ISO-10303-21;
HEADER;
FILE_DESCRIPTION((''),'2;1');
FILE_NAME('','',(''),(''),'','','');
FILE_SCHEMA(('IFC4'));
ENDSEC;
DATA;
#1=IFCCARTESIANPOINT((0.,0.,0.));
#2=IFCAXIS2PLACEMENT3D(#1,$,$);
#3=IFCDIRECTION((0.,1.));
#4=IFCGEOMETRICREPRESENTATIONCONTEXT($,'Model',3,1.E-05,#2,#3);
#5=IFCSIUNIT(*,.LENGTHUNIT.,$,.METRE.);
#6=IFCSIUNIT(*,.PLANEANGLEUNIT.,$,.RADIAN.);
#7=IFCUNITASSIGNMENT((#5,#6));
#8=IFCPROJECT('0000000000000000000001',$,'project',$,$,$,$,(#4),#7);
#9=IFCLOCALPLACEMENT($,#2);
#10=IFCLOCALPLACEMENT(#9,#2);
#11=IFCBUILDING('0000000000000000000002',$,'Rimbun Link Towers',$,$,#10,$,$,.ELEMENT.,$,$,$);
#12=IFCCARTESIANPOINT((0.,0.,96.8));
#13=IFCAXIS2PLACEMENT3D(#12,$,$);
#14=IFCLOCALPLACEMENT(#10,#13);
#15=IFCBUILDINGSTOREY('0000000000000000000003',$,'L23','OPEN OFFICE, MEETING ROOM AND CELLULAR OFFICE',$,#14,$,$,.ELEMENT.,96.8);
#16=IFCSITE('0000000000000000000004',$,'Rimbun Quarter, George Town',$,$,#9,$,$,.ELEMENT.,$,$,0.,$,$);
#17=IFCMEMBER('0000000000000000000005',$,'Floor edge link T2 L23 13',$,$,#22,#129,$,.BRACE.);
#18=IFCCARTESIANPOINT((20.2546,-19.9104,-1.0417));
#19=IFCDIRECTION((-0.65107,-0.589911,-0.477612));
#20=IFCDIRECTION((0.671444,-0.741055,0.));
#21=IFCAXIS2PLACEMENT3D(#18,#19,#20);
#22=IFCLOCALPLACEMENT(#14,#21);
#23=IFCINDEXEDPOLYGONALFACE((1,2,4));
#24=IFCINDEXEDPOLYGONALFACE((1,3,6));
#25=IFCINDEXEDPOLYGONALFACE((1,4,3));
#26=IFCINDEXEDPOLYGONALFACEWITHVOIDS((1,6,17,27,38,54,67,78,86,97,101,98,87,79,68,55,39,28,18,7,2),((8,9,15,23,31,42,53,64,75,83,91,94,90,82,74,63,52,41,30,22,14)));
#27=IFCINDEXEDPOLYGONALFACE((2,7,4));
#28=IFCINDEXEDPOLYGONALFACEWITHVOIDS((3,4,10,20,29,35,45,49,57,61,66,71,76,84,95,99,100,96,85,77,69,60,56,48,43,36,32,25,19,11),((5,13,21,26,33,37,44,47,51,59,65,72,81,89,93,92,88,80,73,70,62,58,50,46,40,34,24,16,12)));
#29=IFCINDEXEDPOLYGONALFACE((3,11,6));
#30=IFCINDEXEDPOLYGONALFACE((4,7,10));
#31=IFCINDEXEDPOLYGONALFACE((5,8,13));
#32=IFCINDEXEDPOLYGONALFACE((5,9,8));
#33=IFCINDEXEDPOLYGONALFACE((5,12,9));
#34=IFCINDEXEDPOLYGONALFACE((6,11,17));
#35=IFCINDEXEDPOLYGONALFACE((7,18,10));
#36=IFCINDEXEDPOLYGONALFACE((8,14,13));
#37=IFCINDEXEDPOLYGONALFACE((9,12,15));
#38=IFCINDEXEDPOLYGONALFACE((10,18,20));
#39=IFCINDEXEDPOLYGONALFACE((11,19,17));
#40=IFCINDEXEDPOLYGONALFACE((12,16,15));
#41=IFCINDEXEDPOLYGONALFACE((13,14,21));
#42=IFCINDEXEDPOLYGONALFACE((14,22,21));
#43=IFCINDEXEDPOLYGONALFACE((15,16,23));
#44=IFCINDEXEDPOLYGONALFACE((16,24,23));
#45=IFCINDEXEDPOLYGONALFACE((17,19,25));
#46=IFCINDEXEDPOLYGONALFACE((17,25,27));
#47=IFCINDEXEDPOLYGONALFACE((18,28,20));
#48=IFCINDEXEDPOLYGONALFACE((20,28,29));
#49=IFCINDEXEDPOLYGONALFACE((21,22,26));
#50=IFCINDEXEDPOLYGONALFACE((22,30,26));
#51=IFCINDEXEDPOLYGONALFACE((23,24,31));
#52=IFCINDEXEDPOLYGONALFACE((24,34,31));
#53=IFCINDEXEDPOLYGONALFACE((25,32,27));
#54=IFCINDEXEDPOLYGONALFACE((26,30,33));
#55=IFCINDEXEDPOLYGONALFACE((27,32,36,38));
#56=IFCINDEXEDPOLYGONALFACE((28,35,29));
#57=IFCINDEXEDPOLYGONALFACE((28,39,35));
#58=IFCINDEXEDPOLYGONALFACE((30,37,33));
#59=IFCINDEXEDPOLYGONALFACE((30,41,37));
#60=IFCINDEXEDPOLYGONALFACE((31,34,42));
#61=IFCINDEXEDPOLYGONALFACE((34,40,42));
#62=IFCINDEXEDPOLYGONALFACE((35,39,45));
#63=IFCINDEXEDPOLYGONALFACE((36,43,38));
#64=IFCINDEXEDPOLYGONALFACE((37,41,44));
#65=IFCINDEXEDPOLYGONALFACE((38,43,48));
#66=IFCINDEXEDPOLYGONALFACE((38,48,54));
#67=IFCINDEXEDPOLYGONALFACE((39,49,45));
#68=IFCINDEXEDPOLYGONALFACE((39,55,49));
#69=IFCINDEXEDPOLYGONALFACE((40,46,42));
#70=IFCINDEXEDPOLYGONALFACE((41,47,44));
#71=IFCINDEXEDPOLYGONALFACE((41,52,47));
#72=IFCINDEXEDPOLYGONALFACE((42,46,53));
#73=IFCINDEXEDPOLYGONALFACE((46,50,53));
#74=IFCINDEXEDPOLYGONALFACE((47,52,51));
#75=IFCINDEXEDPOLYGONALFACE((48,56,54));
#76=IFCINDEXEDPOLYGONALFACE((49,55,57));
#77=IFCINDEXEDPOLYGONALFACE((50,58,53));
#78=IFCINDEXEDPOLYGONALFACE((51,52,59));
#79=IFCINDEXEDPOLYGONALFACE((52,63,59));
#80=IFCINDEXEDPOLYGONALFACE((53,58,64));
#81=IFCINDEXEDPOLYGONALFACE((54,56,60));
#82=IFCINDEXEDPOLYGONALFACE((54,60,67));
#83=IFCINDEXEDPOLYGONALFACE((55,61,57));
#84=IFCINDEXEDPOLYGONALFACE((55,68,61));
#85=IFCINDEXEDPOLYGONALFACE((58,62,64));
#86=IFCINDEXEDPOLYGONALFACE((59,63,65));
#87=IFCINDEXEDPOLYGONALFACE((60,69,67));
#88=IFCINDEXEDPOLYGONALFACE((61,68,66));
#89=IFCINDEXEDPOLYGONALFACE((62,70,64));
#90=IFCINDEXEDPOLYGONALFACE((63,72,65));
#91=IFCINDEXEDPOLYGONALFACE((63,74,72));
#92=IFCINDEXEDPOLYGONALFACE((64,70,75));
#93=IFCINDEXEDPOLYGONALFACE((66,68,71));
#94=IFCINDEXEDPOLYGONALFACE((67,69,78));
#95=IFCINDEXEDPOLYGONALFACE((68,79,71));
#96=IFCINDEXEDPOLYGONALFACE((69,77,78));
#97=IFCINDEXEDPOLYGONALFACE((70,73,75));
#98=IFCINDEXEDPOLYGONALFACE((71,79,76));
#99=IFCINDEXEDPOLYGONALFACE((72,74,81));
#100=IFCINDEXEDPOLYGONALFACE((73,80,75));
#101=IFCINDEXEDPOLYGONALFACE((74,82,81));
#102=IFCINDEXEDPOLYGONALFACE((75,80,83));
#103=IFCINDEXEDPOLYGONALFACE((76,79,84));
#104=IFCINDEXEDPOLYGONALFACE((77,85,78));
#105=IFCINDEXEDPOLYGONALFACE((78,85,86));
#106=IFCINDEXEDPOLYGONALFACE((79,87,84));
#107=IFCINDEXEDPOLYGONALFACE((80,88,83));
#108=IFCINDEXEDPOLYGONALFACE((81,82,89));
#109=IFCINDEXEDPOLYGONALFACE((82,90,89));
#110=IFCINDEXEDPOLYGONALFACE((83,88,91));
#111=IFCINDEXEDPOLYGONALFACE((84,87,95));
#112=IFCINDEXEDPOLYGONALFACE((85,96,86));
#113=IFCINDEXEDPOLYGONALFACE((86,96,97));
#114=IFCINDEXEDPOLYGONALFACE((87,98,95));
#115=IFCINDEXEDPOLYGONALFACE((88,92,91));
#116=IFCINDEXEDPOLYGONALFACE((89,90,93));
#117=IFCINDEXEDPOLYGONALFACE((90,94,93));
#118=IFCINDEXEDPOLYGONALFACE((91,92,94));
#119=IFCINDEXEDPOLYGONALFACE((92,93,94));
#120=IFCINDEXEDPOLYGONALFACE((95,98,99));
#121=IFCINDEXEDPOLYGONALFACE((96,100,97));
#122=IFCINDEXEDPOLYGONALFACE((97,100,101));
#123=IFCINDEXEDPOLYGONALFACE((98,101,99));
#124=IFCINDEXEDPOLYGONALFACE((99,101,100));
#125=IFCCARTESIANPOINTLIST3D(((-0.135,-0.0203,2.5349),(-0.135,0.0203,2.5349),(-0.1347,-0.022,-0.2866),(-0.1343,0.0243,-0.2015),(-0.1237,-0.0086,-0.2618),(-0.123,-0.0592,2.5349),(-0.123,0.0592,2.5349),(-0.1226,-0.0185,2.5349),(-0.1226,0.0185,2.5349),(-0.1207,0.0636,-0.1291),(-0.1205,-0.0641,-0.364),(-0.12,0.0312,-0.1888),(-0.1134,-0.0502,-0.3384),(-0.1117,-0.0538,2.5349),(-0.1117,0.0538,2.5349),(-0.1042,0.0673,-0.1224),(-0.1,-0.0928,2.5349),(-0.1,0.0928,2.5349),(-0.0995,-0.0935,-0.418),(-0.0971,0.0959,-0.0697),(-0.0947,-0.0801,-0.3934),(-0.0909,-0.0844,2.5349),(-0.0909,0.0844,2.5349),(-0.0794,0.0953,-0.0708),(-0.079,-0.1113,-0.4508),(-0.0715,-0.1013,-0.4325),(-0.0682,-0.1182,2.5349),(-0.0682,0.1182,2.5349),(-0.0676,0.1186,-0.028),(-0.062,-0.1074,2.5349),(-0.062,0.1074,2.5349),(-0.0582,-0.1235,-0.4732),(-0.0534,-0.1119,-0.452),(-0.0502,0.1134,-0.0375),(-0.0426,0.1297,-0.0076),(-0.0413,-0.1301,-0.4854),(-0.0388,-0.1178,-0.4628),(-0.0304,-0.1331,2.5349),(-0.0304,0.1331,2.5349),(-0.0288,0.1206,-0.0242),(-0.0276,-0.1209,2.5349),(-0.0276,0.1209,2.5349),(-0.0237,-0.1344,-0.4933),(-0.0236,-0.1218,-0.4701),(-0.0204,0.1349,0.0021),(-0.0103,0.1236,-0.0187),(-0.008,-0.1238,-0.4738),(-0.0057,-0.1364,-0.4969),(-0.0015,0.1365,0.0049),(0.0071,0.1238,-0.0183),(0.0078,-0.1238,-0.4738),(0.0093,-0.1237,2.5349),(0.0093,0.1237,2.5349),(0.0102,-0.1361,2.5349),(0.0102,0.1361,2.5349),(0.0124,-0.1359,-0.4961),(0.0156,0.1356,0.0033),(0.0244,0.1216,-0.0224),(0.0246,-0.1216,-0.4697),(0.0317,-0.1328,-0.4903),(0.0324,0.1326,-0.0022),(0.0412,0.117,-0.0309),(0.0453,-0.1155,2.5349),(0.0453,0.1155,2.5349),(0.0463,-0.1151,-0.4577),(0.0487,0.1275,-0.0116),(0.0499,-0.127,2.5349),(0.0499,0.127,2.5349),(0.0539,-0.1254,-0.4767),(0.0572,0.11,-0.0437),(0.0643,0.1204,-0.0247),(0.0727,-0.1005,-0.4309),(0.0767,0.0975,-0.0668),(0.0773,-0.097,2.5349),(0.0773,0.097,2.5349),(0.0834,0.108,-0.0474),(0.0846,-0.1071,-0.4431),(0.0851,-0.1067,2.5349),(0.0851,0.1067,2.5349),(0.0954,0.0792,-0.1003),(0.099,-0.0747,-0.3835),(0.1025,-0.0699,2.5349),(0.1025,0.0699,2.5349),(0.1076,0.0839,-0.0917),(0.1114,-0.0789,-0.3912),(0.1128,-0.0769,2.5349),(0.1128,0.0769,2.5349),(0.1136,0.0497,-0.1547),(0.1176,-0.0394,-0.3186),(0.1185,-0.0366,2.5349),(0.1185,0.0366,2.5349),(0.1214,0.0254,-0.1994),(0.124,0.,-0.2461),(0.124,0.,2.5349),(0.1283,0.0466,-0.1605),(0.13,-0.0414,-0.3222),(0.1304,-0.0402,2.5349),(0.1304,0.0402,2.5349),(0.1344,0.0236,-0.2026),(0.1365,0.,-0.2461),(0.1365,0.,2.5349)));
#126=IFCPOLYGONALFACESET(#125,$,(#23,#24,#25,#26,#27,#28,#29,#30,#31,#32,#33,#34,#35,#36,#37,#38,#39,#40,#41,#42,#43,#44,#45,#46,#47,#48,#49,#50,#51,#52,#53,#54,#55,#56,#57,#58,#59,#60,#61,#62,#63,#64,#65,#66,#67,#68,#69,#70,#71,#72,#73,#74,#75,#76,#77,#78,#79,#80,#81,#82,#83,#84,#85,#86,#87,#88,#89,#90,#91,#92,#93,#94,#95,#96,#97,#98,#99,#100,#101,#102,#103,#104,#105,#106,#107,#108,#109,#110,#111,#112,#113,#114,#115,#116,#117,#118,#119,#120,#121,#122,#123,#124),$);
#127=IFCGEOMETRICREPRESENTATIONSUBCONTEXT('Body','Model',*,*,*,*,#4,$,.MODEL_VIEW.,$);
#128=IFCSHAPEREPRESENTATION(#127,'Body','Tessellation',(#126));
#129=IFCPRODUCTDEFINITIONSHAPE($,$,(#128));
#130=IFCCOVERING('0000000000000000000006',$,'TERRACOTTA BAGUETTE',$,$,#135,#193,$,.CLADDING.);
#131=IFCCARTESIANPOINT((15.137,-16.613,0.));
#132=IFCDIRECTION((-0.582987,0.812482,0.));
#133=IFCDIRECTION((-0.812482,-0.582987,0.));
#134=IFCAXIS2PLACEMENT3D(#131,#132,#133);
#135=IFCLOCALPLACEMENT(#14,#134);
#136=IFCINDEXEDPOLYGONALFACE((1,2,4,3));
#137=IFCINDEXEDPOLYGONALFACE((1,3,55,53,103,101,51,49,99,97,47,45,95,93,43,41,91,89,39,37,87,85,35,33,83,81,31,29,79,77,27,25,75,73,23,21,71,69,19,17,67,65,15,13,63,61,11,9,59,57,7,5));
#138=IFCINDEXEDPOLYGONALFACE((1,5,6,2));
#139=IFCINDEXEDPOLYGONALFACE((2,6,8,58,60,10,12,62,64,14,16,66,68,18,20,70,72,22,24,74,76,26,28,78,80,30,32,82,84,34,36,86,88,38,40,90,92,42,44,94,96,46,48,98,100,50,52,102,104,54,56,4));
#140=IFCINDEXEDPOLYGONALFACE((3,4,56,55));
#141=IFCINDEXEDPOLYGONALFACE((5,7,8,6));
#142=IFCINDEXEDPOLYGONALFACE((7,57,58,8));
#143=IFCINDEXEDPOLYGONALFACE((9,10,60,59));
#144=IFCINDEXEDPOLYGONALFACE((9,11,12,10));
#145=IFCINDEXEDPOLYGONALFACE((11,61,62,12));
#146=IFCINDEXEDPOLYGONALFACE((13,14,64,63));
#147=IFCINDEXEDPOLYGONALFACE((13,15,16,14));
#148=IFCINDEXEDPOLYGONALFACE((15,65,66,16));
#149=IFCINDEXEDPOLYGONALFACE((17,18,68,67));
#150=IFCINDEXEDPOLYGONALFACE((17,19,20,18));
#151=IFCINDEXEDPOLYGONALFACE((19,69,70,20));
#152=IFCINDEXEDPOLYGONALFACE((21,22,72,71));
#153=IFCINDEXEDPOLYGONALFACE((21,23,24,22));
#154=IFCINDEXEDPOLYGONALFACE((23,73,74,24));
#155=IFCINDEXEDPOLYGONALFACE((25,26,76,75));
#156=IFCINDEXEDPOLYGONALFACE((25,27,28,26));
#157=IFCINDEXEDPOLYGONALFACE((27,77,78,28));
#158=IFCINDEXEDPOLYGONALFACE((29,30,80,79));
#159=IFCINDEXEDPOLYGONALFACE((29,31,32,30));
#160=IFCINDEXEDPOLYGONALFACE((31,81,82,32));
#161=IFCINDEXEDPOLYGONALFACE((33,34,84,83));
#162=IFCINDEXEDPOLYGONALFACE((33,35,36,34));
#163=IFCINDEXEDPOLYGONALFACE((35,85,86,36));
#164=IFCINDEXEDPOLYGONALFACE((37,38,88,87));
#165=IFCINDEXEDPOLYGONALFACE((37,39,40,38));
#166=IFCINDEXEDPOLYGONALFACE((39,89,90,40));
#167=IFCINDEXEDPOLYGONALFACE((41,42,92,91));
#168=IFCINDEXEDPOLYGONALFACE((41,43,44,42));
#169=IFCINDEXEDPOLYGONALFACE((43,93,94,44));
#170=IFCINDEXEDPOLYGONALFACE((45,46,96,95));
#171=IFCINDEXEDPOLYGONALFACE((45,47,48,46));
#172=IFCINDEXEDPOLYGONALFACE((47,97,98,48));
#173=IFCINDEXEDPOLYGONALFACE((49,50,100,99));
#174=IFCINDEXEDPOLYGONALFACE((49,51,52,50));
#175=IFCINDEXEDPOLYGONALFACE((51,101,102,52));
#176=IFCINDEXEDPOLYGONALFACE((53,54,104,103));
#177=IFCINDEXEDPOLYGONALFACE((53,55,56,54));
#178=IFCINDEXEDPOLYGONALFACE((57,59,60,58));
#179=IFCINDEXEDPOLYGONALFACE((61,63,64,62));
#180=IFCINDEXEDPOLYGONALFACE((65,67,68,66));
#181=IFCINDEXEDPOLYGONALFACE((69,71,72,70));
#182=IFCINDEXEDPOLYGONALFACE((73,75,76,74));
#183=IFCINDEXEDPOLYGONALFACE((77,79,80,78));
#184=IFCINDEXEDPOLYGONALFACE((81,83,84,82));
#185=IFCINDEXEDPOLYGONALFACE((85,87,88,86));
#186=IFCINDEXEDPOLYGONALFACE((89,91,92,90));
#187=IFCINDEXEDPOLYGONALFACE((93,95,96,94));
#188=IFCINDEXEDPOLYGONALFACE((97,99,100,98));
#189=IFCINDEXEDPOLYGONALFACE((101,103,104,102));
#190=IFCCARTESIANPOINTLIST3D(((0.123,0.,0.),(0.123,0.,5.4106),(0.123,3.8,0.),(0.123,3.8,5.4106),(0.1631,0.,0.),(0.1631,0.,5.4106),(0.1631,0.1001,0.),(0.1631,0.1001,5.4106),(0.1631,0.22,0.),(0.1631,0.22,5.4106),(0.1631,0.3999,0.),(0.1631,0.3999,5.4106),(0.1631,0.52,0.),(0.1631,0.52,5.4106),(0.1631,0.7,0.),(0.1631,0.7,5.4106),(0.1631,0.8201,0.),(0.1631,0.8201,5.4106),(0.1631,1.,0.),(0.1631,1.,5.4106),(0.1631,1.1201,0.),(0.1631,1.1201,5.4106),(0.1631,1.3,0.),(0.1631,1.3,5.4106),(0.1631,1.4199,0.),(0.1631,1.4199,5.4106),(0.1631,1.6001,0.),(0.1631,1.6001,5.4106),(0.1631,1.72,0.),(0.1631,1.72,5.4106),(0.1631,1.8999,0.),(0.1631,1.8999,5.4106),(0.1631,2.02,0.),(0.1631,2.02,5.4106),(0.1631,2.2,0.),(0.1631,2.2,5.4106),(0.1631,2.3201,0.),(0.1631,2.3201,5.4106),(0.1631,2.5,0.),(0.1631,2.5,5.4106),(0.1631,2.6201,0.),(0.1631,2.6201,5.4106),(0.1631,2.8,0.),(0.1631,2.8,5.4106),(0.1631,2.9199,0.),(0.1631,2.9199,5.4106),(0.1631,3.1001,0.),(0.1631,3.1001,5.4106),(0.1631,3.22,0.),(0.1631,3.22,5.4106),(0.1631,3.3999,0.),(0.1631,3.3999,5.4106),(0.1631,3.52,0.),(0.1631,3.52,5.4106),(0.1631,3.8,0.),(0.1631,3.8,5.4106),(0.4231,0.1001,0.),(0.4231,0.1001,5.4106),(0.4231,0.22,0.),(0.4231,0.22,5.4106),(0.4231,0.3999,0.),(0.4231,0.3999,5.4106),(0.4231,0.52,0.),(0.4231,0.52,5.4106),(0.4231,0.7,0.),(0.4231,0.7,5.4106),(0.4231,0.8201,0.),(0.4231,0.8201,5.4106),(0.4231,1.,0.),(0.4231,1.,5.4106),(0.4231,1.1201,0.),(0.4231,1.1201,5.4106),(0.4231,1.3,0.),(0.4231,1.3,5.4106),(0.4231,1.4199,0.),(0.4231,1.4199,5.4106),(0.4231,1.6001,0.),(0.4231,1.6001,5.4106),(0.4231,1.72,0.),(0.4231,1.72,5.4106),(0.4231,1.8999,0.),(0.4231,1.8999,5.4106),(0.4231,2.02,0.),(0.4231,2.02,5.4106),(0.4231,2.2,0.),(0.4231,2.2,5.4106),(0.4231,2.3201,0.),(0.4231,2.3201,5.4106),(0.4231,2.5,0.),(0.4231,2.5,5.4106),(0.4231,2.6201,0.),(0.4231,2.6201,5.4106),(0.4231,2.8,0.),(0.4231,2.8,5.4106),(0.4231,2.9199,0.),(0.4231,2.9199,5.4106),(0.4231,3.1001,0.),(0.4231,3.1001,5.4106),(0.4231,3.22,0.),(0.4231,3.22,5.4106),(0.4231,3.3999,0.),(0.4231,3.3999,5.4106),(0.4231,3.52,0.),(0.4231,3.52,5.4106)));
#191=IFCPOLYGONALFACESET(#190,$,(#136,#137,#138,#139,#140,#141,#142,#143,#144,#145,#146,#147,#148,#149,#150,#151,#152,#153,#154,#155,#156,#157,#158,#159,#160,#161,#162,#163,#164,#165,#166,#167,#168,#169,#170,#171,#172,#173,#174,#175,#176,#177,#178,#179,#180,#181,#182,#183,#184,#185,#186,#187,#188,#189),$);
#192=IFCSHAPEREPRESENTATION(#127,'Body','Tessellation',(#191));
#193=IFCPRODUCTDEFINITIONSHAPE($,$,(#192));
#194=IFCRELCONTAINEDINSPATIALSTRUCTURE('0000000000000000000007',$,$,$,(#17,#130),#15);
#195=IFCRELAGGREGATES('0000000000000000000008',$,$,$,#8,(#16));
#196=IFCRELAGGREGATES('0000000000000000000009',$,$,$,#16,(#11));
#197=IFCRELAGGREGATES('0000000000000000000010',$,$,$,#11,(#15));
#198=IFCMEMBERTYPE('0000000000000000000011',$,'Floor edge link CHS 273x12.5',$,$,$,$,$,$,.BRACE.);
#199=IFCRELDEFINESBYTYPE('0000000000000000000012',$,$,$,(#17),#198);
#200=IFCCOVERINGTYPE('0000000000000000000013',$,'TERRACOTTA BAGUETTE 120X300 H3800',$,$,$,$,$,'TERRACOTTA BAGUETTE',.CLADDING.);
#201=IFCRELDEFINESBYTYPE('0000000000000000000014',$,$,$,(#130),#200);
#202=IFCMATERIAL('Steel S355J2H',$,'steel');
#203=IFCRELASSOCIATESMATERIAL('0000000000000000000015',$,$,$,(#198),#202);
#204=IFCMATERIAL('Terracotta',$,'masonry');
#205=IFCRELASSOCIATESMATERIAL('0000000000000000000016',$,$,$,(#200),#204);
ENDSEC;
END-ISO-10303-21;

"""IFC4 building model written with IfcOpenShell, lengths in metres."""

from ifc_helpers import new_model, si_unit, direction, frame, origin, origin_2d, place, context, subcontext, project, spatial, polyline, hollow_circle, outline, extrude, clip, halfspace, material, material_profile, profile_set, type_object, element, save


model = new_model("IFC4")

# Units and contexts
model_context = context("Model", 3, precision=1e-05, world=origin(), true_north=direction((0.0, 1.0)))
body_context = subcontext(model_context, "Body", "Model", "MODEL_VIEW")
ifc_project = project(units=[si_unit("LENGTHUNIT", "METRE"), si_unit("PLANEANGLEUNIT", "RADIAN")], contexts=[model_context])

# Site, building, storey
site_placement = place(None, origin())
site = spatial("IfcSite", under=ifc_project, at=site_placement, Name="Rimbun Quarter, George Town", CompositionType="ELEMENT", RefElevation=0.0)
building_placement = place(site_placement, origin())
building = spatial("IfcBuilding", under=site, at=building_placement, Name="Rimbun Link Towers", CompositionType="ELEMENT")
storey_placement = place(building_placement, frame((0.0, 0.0, 96.8)))
storey = spatial("IfcBuildingStorey", under=building, at=storey_placement, Name="L23", Description="OPEN OFFICE, MEETING ROOM AND CELLULAR OFFICE", CompositionType="ELEMENT", Elevation=96.8)

# Member
ifc_material_1 = material(Name="Steel S355J2H", Category="steel")
ifc_material_profile_1 = material_profile(ifc_material_1, hollow_circle(Radius=0.1365, WallThickness=0.0125, at=origin_2d()), Name="CHS 273x12.5")
ifc_profile_set_1 = profile_set([ifc_material_profile_1], Name="Steel S355J2H")
member_type_1 = type_object("IfcMemberType", Name="Floor edge link CHS 273x12.5", PredefinedType="BRACE", material=ifc_profile_set_1)
member_1_placement = place(storey_placement, frame((20.2546, -19.9104, -1.0417), z_axis=(-0.65107, -0.589911, -0.477612), x_axis=(0.671444, -0.741055, 0.0)))
element("IfcMember", 1, at=member_1_placement, inside=storey, type_object=member_type_1, Name="Floor edge link T2 L23 13", PredefinedType="BRACE", context=body_context, shape_type="Clipping", body=[
    clip(extrude(hollow_circle(Radius=0.1365, WallThickness=0.0125, at=origin_2d()), frame((0.0, 0.0, -0.5232)), (0.0, 0.0, 1.0), 3.0581), halfspace(frame((0.0, 0.0, -0.2461), z_axis=(0.0, 0.878571, -0.477612)), False)),
])

# Covering
ifc_material_2 = material(Name="Terracotta", Category="masonry")
ifc_material_profile_2 = material_profile(ifc_material_2, outline(polyline([(0.123, 0.0), (0.1631, 0.0), (0.1631, 0.1001), (0.4231, 0.1001), (0.4231, 0.22), (0.1631, 0.22), (0.1631, 0.3999), (0.4231, 0.3999), (0.4231, 0.52), (0.1631, 0.52), (0.1631, 0.7), (0.4231, 0.7), (0.4231, 0.8201), (0.1631, 0.8201), (0.1631, 1.0), (0.4231, 1.0), (0.4231, 1.1201), (0.1631, 1.1201), (0.1631, 1.3), (0.4231, 1.3), (0.4231, 1.4199), (0.1631, 1.4199), (0.1631, 1.6001), (0.4231, 1.6001), (0.4231, 1.72), (0.1631, 1.72), (0.1631, 1.8999), (0.4231, 1.8999), (0.4231, 2.02), (0.1631, 2.02), (0.1631, 2.2), (0.4231, 2.2), (0.4231, 2.3201), (0.1631, 2.3201), (0.1631, 2.5), (0.4231, 2.5), (0.4231, 2.6201), (0.1631, 2.6201), (0.1631, 2.8), (0.4231, 2.8), (0.4231, 2.9199), (0.1631, 2.9199), (0.1631, 3.1001), (0.4231, 3.1001), (0.4231, 3.22), (0.1631, 3.22), (0.1631, 3.3999), (0.4231, 3.3999), (0.4231, 3.52), (0.1631, 3.52), (0.1631, 3.8), (0.123, 3.8), (0.123, 0.0)])), Name="BAGUETTE 120X300")
ifc_profile_set_2 = profile_set([ifc_material_profile_2], Name="Terracotta")
covering_type = type_object("IfcCoveringType", Name="TERRACOTTA BAGUETTE 120X300 H3800", ElementType="TERRACOTTA BAGUETTE", PredefinedType="CLADDING", material=ifc_profile_set_2)
covering_1_placement = place(storey_placement, frame((15.137, -16.613, 0.0), z_axis=(-0.582987, 0.812482, 0.0), x_axis=(-0.812482, -0.582987, 0.0)))
element("IfcCovering", 2, at=covering_1_placement, inside=storey, type_object=covering_type, Name="TERRACOTTA BAGUETTE", PredefinedType="CLADDING", context=body_context, shape_type="SweptSolid", body=[
    extrude(outline(polyline([(0.123, 0.0), (0.1631, 0.0), (0.1631, 0.1001), (0.4231, 0.1001), (0.4231, 0.22), (0.1631, 0.22), (0.1631, 0.3999), (0.4231, 0.3999), (0.4231, 0.52), (0.1631, 0.52), (0.1631, 0.7), (0.4231, 0.7), (0.4231, 0.8201), (0.1631, 0.8201), (0.1631, 1.0), (0.4231, 1.0), (0.4231, 1.1201), (0.1631, 1.1201), (0.1631, 1.3), (0.4231, 1.3), (0.4231, 1.4199), (0.1631, 1.4199), (0.1631, 1.6001), (0.4231, 1.6001), (0.4231, 1.72), (0.1631, 1.72), (0.1631, 1.8999), (0.4231, 1.8999), (0.4231, 2.02), (0.1631, 2.02), (0.1631, 2.2), (0.4231, 2.2), (0.4231, 2.3201), (0.1631, 2.3201), (0.1631, 2.5), (0.4231, 2.5), (0.4231, 2.6201), (0.1631, 2.6201), (0.1631, 2.8), (0.4231, 2.8), (0.4231, 2.9199), (0.1631, 2.9199), (0.1631, 3.1001), (0.4231, 3.1001), (0.4231, 3.22), (0.1631, 3.22), (0.1631, 3.3999), (0.4231, 3.3999), (0.4231, 3.52), (0.1631, 3.52), (0.1631, 3.8), (0.123, 3.8), (0.123, 0.0)])), origin(), (0.0, 0.0, 1.0), 5.4106),
])

save(model, "model.ifc")
